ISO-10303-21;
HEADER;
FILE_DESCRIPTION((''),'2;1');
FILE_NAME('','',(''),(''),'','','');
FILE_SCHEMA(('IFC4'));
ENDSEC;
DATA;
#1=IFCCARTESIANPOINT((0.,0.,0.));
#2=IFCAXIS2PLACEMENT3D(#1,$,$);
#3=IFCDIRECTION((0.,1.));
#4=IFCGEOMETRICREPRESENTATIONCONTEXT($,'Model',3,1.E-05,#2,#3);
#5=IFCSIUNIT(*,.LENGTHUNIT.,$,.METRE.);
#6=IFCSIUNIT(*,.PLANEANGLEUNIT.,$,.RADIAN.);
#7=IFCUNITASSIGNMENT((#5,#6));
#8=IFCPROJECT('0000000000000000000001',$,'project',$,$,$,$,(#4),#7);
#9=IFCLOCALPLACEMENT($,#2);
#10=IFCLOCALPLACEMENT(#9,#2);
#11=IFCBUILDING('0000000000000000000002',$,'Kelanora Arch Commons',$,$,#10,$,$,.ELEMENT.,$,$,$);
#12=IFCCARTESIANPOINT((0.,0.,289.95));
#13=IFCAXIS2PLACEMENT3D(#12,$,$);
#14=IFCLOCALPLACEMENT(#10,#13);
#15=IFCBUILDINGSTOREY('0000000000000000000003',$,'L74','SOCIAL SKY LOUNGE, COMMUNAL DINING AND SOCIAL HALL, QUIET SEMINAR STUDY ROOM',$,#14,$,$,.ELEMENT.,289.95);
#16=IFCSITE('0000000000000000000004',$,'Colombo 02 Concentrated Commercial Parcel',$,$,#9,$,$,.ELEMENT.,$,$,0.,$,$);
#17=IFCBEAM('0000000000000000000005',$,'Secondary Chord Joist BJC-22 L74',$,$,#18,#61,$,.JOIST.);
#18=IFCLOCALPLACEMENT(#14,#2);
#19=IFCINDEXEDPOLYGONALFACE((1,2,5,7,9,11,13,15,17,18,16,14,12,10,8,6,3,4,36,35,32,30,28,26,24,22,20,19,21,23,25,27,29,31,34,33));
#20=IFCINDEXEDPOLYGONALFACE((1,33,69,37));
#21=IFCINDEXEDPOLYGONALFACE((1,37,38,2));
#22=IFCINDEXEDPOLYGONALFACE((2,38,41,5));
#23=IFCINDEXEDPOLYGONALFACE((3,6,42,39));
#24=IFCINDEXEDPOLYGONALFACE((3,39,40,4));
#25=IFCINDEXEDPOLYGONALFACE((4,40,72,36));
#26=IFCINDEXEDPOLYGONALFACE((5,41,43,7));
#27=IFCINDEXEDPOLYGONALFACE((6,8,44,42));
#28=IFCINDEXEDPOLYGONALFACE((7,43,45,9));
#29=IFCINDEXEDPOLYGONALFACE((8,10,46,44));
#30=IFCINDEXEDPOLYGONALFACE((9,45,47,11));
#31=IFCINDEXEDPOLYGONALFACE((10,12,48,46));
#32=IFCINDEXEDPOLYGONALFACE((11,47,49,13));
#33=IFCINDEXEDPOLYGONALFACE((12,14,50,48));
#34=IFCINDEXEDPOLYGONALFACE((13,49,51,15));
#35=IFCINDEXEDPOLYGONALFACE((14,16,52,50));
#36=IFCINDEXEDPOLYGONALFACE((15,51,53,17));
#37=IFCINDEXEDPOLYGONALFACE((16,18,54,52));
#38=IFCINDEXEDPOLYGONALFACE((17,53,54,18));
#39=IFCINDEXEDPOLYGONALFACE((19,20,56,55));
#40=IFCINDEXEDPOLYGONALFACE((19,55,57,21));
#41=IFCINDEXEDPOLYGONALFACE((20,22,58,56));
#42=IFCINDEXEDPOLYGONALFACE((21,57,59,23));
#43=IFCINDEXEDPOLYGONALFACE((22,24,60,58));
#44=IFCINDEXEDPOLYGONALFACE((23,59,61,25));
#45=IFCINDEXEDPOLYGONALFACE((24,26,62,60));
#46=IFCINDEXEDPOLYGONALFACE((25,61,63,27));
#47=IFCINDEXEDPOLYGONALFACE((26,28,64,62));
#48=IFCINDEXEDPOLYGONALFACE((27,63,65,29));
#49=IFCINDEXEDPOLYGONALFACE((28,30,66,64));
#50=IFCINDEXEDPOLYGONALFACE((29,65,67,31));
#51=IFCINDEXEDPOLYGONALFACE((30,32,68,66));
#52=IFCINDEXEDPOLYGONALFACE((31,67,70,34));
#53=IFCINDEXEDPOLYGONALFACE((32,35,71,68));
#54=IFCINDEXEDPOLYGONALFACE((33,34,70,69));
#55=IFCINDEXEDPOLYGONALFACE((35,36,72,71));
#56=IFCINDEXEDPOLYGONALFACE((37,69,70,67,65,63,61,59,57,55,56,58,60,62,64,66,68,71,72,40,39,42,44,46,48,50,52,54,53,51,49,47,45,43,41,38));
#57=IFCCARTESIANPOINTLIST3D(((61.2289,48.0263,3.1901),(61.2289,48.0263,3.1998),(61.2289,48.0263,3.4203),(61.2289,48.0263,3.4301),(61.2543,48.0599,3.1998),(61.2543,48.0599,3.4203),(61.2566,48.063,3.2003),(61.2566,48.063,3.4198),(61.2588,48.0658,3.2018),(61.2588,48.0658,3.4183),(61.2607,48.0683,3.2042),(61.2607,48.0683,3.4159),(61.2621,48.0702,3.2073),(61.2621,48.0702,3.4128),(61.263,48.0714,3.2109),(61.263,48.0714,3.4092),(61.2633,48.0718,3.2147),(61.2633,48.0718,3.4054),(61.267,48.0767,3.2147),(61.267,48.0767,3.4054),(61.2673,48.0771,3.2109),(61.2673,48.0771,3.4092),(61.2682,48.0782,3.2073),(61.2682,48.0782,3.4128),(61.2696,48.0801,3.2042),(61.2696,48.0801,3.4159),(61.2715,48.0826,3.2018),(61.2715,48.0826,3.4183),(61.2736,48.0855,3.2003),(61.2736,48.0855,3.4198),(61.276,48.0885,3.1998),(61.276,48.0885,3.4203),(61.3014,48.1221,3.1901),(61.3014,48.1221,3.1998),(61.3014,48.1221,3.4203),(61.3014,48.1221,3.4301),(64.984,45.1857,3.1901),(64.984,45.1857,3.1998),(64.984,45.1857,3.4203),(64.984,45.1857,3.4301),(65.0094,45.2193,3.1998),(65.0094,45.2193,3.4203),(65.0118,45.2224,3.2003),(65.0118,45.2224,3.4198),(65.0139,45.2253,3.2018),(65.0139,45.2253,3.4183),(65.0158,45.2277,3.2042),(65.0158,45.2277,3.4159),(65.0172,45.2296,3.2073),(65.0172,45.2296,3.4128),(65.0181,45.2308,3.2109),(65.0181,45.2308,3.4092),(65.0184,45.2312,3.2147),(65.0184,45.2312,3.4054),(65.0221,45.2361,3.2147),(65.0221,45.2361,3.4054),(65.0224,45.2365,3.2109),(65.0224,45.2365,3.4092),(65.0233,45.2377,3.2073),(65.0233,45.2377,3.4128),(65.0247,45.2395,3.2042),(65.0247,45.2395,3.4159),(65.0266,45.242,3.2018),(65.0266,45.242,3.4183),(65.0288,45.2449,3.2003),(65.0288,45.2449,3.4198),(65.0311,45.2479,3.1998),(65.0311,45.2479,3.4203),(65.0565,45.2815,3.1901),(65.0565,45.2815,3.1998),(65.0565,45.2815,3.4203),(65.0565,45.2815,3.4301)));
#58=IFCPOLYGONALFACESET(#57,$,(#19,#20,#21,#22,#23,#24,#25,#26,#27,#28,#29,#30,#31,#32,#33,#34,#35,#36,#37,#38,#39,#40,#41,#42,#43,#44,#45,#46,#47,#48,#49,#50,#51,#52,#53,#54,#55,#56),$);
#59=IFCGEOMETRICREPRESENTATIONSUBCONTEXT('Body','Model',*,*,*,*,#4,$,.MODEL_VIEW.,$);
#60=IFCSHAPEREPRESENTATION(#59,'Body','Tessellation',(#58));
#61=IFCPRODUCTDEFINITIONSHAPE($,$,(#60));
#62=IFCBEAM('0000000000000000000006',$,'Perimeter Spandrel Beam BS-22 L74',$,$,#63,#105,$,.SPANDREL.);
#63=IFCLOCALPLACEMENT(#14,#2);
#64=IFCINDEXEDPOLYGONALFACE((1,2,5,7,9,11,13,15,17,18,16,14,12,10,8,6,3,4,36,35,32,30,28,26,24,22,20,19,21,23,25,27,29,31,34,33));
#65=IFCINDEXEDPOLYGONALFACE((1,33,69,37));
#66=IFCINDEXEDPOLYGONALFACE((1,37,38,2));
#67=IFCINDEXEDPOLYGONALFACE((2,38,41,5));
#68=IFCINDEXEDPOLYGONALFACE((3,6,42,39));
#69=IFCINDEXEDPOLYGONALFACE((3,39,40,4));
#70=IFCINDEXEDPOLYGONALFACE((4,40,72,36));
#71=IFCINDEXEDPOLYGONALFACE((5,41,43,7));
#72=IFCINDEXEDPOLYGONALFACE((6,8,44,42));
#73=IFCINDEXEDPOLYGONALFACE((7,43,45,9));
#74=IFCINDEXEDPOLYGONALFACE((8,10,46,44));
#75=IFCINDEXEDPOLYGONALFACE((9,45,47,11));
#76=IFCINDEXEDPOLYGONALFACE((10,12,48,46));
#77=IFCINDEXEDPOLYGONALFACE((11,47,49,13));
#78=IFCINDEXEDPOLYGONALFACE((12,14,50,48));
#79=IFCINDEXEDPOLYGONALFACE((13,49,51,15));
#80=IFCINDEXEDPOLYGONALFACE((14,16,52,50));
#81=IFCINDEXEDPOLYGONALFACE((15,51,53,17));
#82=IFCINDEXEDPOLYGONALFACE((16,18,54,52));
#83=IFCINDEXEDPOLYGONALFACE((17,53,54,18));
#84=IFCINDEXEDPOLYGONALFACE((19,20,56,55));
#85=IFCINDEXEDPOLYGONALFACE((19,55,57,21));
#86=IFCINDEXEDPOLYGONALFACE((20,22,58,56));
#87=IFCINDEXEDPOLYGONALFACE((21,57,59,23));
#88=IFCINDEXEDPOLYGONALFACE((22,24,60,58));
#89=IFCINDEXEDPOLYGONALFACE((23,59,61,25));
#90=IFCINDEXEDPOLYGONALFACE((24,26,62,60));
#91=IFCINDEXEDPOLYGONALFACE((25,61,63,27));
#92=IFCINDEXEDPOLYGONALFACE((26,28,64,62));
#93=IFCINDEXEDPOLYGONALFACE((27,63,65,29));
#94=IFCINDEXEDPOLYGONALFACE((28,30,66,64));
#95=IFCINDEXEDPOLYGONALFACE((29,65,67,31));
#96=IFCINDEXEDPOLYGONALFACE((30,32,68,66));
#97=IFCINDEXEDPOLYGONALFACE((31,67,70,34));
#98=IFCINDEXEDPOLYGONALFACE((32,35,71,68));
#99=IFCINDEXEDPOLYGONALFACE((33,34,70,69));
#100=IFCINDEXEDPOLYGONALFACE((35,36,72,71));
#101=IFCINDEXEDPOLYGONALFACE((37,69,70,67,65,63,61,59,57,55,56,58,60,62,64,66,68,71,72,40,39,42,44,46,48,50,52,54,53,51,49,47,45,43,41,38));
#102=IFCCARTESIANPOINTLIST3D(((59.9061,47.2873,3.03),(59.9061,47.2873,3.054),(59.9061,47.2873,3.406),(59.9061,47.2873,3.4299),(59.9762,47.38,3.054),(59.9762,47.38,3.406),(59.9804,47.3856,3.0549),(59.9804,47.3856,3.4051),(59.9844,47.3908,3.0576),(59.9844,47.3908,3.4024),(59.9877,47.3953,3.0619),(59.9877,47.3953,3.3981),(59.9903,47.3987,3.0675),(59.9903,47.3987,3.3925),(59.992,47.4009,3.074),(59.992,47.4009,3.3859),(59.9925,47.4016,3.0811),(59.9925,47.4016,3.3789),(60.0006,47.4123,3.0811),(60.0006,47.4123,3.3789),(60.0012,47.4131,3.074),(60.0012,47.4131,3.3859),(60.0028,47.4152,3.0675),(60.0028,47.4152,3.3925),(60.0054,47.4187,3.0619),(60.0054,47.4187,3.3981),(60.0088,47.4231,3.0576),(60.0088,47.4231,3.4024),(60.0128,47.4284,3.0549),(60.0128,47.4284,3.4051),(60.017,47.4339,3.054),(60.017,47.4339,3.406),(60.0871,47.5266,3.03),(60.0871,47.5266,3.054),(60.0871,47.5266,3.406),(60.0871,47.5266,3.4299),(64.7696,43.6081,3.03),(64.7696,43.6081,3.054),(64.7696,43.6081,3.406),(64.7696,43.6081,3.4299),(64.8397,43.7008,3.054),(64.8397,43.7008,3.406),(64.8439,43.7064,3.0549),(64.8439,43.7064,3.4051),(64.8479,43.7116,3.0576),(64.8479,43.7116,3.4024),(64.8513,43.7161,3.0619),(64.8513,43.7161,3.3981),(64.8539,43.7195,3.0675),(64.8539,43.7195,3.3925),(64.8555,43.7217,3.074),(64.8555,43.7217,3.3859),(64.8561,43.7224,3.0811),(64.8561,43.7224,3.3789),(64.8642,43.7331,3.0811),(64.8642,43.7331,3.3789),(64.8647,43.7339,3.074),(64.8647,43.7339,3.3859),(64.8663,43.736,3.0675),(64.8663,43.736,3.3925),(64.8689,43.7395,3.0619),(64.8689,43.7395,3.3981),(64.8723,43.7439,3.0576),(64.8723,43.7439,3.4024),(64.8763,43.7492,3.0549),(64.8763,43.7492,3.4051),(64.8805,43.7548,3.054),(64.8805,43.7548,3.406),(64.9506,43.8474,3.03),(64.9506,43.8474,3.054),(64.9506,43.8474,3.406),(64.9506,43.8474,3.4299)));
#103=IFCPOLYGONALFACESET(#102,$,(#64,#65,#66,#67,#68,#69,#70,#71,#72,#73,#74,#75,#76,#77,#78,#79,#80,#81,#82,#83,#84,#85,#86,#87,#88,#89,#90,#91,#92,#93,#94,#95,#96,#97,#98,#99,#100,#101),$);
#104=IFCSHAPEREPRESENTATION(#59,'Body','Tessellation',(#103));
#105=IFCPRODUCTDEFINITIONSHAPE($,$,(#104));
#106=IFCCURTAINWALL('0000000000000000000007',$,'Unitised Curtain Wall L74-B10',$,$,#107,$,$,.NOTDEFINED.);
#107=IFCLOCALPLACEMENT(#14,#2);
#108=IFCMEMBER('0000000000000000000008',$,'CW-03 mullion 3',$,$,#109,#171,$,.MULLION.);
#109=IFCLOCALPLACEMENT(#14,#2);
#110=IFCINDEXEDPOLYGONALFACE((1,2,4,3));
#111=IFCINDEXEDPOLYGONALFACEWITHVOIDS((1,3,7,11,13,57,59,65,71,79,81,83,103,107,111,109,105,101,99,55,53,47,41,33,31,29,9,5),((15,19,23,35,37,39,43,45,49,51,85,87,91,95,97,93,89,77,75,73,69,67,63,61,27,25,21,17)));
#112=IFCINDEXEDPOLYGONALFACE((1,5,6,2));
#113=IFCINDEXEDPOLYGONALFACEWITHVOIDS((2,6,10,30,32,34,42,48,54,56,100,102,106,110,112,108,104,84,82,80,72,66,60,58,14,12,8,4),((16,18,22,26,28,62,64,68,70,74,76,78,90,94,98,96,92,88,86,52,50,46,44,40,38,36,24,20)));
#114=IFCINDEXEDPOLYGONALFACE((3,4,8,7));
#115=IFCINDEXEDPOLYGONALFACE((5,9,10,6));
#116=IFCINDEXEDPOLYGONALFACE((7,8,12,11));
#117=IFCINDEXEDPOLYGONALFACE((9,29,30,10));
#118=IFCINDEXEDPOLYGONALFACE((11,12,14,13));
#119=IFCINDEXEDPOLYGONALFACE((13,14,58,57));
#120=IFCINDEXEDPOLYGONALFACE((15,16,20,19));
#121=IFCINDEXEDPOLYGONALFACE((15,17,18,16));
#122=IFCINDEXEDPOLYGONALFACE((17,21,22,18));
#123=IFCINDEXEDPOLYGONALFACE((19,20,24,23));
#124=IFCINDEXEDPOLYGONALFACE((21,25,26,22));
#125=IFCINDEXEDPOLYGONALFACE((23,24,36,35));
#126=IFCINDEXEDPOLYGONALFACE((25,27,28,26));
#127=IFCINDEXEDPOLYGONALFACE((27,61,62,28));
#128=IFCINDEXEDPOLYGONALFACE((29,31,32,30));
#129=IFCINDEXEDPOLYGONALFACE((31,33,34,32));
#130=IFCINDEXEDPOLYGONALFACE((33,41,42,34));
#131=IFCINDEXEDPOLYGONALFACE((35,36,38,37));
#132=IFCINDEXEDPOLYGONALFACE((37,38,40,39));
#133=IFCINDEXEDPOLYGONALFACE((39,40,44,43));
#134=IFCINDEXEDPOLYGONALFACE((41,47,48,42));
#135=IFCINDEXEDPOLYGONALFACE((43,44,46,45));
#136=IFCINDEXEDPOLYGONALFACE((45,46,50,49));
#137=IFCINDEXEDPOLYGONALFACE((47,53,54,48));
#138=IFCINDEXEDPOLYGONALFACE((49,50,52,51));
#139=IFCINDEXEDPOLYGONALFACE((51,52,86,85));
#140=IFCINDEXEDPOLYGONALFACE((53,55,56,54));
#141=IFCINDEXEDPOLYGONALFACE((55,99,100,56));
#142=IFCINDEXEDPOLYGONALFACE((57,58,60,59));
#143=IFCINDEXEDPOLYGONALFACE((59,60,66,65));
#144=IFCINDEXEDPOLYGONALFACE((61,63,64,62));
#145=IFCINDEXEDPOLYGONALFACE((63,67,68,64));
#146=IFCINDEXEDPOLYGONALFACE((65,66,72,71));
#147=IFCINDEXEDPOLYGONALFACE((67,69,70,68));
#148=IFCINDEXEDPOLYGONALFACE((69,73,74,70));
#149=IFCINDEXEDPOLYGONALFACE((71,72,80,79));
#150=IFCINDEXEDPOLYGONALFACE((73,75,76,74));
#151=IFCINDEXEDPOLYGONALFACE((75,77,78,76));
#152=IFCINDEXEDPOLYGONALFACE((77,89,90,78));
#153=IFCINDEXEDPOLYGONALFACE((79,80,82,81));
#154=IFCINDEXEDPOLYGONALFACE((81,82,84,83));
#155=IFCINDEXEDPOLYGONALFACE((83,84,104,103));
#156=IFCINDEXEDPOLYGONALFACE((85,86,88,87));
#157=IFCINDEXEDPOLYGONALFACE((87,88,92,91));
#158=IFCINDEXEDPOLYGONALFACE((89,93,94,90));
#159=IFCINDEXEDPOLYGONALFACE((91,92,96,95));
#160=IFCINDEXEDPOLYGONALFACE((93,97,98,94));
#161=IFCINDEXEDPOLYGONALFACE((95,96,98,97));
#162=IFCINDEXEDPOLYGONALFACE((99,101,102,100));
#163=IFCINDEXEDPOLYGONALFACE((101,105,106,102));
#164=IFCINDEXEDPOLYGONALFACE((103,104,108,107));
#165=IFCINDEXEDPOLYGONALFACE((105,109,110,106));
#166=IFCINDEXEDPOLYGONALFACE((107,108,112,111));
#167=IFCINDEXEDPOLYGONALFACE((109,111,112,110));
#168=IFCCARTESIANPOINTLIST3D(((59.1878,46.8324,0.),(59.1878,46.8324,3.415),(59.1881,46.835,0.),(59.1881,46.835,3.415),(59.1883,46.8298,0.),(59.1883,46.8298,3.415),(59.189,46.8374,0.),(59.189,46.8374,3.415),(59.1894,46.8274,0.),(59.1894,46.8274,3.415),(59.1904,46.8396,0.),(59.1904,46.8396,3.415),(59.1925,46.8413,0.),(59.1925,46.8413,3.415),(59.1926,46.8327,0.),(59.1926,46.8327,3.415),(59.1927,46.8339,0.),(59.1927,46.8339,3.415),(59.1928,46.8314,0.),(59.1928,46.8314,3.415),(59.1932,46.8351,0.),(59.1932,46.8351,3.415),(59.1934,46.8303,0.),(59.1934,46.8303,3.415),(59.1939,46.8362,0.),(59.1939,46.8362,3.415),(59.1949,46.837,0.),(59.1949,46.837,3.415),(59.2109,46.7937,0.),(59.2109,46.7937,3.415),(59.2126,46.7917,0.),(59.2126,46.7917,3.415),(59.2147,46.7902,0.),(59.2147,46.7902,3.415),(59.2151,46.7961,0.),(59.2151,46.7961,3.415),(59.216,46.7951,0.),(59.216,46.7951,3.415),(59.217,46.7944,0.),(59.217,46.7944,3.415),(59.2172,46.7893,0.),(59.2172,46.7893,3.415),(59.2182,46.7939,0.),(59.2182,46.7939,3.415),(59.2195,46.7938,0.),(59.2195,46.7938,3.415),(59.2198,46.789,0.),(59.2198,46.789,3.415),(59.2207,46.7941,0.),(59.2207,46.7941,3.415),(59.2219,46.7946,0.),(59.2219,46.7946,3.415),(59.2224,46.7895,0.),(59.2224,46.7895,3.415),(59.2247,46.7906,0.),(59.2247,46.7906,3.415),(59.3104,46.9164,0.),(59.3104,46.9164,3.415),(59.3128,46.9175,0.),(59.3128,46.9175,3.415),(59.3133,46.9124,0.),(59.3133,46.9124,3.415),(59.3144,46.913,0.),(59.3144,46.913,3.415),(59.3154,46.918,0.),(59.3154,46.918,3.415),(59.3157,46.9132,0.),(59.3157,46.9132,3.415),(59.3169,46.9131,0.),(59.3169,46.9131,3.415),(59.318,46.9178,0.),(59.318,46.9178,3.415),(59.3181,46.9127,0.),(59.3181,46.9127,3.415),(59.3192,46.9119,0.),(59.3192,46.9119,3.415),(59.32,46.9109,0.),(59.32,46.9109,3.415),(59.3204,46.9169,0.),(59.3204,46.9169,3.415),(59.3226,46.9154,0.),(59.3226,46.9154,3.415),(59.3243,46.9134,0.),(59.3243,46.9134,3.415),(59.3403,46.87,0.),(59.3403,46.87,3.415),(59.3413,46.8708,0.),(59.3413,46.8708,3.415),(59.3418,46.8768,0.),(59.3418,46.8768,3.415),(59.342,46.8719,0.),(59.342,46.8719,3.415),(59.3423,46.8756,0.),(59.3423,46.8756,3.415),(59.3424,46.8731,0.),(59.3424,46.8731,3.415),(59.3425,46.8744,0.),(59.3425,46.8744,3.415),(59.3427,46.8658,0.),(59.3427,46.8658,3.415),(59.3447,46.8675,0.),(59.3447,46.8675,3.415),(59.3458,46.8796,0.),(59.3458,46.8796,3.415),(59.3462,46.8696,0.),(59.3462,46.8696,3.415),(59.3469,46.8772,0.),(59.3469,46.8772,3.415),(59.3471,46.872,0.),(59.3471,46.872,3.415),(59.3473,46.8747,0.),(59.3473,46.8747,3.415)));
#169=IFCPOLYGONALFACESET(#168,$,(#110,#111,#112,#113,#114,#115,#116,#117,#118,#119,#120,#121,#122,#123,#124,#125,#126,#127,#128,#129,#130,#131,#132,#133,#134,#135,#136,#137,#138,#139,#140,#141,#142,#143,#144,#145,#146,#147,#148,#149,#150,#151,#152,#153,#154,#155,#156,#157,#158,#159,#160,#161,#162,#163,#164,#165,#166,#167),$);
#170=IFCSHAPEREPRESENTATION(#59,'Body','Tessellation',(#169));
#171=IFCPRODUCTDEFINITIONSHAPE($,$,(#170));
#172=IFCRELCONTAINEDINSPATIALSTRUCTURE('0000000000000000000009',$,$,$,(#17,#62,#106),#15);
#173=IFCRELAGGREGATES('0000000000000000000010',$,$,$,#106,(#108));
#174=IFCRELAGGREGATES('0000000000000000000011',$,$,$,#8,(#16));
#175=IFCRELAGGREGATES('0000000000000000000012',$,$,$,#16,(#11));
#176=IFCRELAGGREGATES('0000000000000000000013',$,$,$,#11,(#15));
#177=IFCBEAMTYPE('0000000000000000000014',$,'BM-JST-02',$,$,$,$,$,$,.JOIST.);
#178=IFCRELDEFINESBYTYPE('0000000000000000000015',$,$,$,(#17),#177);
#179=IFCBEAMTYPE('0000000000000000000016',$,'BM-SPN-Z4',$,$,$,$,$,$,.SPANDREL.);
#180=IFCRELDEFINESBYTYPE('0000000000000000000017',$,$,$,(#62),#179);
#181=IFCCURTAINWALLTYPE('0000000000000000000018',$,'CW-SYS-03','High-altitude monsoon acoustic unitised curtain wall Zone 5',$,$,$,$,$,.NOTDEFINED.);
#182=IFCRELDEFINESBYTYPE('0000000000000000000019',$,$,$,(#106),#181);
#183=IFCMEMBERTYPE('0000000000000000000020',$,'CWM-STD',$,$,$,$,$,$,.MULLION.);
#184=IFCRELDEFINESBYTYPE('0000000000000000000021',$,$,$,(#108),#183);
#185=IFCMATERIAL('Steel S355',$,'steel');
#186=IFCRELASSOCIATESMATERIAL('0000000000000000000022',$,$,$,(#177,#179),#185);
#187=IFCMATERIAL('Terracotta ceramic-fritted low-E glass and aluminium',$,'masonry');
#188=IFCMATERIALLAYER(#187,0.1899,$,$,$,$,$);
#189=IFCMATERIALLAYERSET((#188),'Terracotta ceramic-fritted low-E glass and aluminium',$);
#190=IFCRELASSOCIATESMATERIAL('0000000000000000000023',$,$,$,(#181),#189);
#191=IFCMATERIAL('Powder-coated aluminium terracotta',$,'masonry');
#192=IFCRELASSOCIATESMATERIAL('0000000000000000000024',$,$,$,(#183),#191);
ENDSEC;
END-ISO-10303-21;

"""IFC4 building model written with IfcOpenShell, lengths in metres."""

from ifc_helpers import new_model, si_unit, direction, frame, origin, origin_2d, place, context, subcontext, project, spatial, hollow_rectangle, i_section, extrude, material, layer, layer_set, material_profile, profile_set, type_object, element, aggregate, save


model = new_model("IFC4")

# Units and contexts
model_context = context("Model", 3, precision=1e-05, world=origin(), true_north=direction((0.0, 1.0)))
body_context = subcontext(model_context, "Body", "Model", "MODEL_VIEW")
ifc_project = project(units=[si_unit("LENGTHUNIT", "METRE"), si_unit("PLANEANGLEUNIT", "RADIAN")], contexts=[model_context])

# Site, building, storey
site_placement = place(None, origin())
site = spatial("IfcSite", under=ifc_project, at=site_placement, Name="Colombo 02 Concentrated Commercial Parcel", CompositionType="ELEMENT", RefElevation=0.0)
building_placement = place(site_placement, origin())
building = spatial("IfcBuilding", under=site, at=building_placement, Name="Kelanora Arch Commons", CompositionType="ELEMENT")
storey_placement = place(building_placement, frame((0.0, 0.0, 289.95)))
storey = spatial("IfcBuildingStorey", under=building, at=storey_placement, Name="L74", Description="SOCIAL SKY LOUNGE, COMMUNAL DINING AND SOCIAL HALL, QUIET SEMINAR STUDY ROOM", CompositionType="ELEMENT", Elevation=289.95)

# Beams
ifc_material_1 = material(Name="Steel S355", Category="steel")
ifc_material_profile_1 = material_profile(ifc_material_1, i_section(OverallWidth=0.1201, OverallDepth=0.24, WebThickness=0.0061, FlangeThickness=0.0098, FilletRadius=0.0149, at=origin_2d()), Name="IPE240")
ifc_profile_set_1 = profile_set([ifc_material_profile_1], Name="Steel S355")
beam_type_1 = type_object("IfcBeamType", Name="BM-JST-02", PredefinedType="JOIST", material=ifc_profile_set_1)
beam_1_placement = place(storey_placement, frame((61.2651, 48.0742, 3.3101), z_axis=(0.797523, -0.603289, 0.0), x_axis=(0.603289, 0.797523, 0.0)))
element("IfcBeam", 1, at=beam_1_placement, inside=storey, type_object=beam_type_1, Name="Secondary Chord Joist BJC-22 L74", PredefinedType="JOIST", context=body_context, shape_type="SweptSolid", body=[
    extrude(i_section(OverallWidth=0.1201, OverallDepth=0.24, WebThickness=0.0061, FlangeThickness=0.0098, FilletRadius=0.0149, at=origin_2d()), origin(), (0.0, 0.0, 1.0), 4.7085),
])
ifc_material_profile_2 = material_profile(ifc_material_1, i_section(OverallWidth=0.3, OverallDepth=0.3999, WebThickness=0.0134, FlangeThickness=0.0239, FilletRadius=0.0271, at=origin_2d()), Name="HEB400")
ifc_profile_set_2 = profile_set([ifc_material_profile_2], Name="Steel S355")
beam_type_2 = type_object("IfcBeamType", Name="BM-SPN-Z4", PredefinedType="SPANDREL", material=ifc_profile_set_2)
beam_2_placement = place(storey_placement, frame((59.9966, 47.407, 3.23), z_axis=(0.797509, -0.603306, 0.0), x_axis=(0.603306, 0.797509, 0.0)))
element("IfcBeam", 2, at=beam_2_placement, inside=storey, type_object=beam_type_2, Name="Perimeter Spandrel Beam BS-22 L74", PredefinedType="SPANDREL", context=body_context, shape_type="SweptSolid", body=[
    extrude(i_section(OverallWidth=0.3, OverallDepth=0.3999, WebThickness=0.0134, FlangeThickness=0.0239, FilletRadius=0.0271, at=origin_2d()), origin(), (0.0, 0.0, 1.0), 6.0984),
])

# Curtain wall, member
ifc_material_2 = material(Name="Terracotta ceramic-fritted low-E glass and aluminium", Category="masonry")
ifc_layer_1 = layer(ifc_material_2, 0.1899)
ifc_layer_set_1 = layer_set([ifc_layer_1], Name="Terracotta ceramic-fritted low-E glass and aluminium")
curtain_wall_type = type_object("IfcCurtainWallType", Name="CW-SYS-03", Description="High-altitude monsoon acoustic unitised curtain wall Zone 5", PredefinedType="NOTDEFINED", material=ifc_layer_set_1)
curtain_wall_placement = place(storey_placement, origin())
curtain_wall = element("IfcCurtainWall", 3, at=curtain_wall_placement, inside=storey, type_object=curtain_wall_type, Name="Unitised Curtain Wall L74-B10", PredefinedType="NOTDEFINED")
ifc_material_3 = material(Name="Powder-coated aluminium terracotta", Category="masonry")
ifc_material_profile_3 = material_profile(ifc_material_3, hollow_rectangle(XDim=0.1599, YDim=0.0601, WallThickness=0.0049, InnerFilletRadius=0.0049, OuterFilletRadius=0.01, at=origin_2d()), Name="CWM160x60")
ifc_profile_set_3 = profile_set([ifc_material_profile_3], Name="Powder-coated aluminium terracotta")
member_type_1 = type_object("IfcMemberType", Name="CWM-STD", PredefinedType="MULLION", material=ifc_profile_set_3)
member_1_placement = place(storey_placement, frame((59.2676, 46.8535, 0.0), z_axis=(0.0, 0.0, 1.0), x_axis=(0.843391, 0.5373, 0.0)))
member_1 = element("IfcMember", 4, at=member_1_placement, type_object=member_type_1, Name="CW-03 mullion 3", PredefinedType="MULLION", context=body_context, shape_type="SweptSolid", body=[
    extrude(hollow_rectangle(XDim=0.1599, YDim=0.0601, WallThickness=0.0049, InnerFilletRadius=0.0049, OuterFilletRadius=0.01, at=origin_2d()), origin(), (0.0, 0.0, 1.0), 3.415),
])
aggregate(curtain_wall, [member_1])

save(model, "model.ifc")
